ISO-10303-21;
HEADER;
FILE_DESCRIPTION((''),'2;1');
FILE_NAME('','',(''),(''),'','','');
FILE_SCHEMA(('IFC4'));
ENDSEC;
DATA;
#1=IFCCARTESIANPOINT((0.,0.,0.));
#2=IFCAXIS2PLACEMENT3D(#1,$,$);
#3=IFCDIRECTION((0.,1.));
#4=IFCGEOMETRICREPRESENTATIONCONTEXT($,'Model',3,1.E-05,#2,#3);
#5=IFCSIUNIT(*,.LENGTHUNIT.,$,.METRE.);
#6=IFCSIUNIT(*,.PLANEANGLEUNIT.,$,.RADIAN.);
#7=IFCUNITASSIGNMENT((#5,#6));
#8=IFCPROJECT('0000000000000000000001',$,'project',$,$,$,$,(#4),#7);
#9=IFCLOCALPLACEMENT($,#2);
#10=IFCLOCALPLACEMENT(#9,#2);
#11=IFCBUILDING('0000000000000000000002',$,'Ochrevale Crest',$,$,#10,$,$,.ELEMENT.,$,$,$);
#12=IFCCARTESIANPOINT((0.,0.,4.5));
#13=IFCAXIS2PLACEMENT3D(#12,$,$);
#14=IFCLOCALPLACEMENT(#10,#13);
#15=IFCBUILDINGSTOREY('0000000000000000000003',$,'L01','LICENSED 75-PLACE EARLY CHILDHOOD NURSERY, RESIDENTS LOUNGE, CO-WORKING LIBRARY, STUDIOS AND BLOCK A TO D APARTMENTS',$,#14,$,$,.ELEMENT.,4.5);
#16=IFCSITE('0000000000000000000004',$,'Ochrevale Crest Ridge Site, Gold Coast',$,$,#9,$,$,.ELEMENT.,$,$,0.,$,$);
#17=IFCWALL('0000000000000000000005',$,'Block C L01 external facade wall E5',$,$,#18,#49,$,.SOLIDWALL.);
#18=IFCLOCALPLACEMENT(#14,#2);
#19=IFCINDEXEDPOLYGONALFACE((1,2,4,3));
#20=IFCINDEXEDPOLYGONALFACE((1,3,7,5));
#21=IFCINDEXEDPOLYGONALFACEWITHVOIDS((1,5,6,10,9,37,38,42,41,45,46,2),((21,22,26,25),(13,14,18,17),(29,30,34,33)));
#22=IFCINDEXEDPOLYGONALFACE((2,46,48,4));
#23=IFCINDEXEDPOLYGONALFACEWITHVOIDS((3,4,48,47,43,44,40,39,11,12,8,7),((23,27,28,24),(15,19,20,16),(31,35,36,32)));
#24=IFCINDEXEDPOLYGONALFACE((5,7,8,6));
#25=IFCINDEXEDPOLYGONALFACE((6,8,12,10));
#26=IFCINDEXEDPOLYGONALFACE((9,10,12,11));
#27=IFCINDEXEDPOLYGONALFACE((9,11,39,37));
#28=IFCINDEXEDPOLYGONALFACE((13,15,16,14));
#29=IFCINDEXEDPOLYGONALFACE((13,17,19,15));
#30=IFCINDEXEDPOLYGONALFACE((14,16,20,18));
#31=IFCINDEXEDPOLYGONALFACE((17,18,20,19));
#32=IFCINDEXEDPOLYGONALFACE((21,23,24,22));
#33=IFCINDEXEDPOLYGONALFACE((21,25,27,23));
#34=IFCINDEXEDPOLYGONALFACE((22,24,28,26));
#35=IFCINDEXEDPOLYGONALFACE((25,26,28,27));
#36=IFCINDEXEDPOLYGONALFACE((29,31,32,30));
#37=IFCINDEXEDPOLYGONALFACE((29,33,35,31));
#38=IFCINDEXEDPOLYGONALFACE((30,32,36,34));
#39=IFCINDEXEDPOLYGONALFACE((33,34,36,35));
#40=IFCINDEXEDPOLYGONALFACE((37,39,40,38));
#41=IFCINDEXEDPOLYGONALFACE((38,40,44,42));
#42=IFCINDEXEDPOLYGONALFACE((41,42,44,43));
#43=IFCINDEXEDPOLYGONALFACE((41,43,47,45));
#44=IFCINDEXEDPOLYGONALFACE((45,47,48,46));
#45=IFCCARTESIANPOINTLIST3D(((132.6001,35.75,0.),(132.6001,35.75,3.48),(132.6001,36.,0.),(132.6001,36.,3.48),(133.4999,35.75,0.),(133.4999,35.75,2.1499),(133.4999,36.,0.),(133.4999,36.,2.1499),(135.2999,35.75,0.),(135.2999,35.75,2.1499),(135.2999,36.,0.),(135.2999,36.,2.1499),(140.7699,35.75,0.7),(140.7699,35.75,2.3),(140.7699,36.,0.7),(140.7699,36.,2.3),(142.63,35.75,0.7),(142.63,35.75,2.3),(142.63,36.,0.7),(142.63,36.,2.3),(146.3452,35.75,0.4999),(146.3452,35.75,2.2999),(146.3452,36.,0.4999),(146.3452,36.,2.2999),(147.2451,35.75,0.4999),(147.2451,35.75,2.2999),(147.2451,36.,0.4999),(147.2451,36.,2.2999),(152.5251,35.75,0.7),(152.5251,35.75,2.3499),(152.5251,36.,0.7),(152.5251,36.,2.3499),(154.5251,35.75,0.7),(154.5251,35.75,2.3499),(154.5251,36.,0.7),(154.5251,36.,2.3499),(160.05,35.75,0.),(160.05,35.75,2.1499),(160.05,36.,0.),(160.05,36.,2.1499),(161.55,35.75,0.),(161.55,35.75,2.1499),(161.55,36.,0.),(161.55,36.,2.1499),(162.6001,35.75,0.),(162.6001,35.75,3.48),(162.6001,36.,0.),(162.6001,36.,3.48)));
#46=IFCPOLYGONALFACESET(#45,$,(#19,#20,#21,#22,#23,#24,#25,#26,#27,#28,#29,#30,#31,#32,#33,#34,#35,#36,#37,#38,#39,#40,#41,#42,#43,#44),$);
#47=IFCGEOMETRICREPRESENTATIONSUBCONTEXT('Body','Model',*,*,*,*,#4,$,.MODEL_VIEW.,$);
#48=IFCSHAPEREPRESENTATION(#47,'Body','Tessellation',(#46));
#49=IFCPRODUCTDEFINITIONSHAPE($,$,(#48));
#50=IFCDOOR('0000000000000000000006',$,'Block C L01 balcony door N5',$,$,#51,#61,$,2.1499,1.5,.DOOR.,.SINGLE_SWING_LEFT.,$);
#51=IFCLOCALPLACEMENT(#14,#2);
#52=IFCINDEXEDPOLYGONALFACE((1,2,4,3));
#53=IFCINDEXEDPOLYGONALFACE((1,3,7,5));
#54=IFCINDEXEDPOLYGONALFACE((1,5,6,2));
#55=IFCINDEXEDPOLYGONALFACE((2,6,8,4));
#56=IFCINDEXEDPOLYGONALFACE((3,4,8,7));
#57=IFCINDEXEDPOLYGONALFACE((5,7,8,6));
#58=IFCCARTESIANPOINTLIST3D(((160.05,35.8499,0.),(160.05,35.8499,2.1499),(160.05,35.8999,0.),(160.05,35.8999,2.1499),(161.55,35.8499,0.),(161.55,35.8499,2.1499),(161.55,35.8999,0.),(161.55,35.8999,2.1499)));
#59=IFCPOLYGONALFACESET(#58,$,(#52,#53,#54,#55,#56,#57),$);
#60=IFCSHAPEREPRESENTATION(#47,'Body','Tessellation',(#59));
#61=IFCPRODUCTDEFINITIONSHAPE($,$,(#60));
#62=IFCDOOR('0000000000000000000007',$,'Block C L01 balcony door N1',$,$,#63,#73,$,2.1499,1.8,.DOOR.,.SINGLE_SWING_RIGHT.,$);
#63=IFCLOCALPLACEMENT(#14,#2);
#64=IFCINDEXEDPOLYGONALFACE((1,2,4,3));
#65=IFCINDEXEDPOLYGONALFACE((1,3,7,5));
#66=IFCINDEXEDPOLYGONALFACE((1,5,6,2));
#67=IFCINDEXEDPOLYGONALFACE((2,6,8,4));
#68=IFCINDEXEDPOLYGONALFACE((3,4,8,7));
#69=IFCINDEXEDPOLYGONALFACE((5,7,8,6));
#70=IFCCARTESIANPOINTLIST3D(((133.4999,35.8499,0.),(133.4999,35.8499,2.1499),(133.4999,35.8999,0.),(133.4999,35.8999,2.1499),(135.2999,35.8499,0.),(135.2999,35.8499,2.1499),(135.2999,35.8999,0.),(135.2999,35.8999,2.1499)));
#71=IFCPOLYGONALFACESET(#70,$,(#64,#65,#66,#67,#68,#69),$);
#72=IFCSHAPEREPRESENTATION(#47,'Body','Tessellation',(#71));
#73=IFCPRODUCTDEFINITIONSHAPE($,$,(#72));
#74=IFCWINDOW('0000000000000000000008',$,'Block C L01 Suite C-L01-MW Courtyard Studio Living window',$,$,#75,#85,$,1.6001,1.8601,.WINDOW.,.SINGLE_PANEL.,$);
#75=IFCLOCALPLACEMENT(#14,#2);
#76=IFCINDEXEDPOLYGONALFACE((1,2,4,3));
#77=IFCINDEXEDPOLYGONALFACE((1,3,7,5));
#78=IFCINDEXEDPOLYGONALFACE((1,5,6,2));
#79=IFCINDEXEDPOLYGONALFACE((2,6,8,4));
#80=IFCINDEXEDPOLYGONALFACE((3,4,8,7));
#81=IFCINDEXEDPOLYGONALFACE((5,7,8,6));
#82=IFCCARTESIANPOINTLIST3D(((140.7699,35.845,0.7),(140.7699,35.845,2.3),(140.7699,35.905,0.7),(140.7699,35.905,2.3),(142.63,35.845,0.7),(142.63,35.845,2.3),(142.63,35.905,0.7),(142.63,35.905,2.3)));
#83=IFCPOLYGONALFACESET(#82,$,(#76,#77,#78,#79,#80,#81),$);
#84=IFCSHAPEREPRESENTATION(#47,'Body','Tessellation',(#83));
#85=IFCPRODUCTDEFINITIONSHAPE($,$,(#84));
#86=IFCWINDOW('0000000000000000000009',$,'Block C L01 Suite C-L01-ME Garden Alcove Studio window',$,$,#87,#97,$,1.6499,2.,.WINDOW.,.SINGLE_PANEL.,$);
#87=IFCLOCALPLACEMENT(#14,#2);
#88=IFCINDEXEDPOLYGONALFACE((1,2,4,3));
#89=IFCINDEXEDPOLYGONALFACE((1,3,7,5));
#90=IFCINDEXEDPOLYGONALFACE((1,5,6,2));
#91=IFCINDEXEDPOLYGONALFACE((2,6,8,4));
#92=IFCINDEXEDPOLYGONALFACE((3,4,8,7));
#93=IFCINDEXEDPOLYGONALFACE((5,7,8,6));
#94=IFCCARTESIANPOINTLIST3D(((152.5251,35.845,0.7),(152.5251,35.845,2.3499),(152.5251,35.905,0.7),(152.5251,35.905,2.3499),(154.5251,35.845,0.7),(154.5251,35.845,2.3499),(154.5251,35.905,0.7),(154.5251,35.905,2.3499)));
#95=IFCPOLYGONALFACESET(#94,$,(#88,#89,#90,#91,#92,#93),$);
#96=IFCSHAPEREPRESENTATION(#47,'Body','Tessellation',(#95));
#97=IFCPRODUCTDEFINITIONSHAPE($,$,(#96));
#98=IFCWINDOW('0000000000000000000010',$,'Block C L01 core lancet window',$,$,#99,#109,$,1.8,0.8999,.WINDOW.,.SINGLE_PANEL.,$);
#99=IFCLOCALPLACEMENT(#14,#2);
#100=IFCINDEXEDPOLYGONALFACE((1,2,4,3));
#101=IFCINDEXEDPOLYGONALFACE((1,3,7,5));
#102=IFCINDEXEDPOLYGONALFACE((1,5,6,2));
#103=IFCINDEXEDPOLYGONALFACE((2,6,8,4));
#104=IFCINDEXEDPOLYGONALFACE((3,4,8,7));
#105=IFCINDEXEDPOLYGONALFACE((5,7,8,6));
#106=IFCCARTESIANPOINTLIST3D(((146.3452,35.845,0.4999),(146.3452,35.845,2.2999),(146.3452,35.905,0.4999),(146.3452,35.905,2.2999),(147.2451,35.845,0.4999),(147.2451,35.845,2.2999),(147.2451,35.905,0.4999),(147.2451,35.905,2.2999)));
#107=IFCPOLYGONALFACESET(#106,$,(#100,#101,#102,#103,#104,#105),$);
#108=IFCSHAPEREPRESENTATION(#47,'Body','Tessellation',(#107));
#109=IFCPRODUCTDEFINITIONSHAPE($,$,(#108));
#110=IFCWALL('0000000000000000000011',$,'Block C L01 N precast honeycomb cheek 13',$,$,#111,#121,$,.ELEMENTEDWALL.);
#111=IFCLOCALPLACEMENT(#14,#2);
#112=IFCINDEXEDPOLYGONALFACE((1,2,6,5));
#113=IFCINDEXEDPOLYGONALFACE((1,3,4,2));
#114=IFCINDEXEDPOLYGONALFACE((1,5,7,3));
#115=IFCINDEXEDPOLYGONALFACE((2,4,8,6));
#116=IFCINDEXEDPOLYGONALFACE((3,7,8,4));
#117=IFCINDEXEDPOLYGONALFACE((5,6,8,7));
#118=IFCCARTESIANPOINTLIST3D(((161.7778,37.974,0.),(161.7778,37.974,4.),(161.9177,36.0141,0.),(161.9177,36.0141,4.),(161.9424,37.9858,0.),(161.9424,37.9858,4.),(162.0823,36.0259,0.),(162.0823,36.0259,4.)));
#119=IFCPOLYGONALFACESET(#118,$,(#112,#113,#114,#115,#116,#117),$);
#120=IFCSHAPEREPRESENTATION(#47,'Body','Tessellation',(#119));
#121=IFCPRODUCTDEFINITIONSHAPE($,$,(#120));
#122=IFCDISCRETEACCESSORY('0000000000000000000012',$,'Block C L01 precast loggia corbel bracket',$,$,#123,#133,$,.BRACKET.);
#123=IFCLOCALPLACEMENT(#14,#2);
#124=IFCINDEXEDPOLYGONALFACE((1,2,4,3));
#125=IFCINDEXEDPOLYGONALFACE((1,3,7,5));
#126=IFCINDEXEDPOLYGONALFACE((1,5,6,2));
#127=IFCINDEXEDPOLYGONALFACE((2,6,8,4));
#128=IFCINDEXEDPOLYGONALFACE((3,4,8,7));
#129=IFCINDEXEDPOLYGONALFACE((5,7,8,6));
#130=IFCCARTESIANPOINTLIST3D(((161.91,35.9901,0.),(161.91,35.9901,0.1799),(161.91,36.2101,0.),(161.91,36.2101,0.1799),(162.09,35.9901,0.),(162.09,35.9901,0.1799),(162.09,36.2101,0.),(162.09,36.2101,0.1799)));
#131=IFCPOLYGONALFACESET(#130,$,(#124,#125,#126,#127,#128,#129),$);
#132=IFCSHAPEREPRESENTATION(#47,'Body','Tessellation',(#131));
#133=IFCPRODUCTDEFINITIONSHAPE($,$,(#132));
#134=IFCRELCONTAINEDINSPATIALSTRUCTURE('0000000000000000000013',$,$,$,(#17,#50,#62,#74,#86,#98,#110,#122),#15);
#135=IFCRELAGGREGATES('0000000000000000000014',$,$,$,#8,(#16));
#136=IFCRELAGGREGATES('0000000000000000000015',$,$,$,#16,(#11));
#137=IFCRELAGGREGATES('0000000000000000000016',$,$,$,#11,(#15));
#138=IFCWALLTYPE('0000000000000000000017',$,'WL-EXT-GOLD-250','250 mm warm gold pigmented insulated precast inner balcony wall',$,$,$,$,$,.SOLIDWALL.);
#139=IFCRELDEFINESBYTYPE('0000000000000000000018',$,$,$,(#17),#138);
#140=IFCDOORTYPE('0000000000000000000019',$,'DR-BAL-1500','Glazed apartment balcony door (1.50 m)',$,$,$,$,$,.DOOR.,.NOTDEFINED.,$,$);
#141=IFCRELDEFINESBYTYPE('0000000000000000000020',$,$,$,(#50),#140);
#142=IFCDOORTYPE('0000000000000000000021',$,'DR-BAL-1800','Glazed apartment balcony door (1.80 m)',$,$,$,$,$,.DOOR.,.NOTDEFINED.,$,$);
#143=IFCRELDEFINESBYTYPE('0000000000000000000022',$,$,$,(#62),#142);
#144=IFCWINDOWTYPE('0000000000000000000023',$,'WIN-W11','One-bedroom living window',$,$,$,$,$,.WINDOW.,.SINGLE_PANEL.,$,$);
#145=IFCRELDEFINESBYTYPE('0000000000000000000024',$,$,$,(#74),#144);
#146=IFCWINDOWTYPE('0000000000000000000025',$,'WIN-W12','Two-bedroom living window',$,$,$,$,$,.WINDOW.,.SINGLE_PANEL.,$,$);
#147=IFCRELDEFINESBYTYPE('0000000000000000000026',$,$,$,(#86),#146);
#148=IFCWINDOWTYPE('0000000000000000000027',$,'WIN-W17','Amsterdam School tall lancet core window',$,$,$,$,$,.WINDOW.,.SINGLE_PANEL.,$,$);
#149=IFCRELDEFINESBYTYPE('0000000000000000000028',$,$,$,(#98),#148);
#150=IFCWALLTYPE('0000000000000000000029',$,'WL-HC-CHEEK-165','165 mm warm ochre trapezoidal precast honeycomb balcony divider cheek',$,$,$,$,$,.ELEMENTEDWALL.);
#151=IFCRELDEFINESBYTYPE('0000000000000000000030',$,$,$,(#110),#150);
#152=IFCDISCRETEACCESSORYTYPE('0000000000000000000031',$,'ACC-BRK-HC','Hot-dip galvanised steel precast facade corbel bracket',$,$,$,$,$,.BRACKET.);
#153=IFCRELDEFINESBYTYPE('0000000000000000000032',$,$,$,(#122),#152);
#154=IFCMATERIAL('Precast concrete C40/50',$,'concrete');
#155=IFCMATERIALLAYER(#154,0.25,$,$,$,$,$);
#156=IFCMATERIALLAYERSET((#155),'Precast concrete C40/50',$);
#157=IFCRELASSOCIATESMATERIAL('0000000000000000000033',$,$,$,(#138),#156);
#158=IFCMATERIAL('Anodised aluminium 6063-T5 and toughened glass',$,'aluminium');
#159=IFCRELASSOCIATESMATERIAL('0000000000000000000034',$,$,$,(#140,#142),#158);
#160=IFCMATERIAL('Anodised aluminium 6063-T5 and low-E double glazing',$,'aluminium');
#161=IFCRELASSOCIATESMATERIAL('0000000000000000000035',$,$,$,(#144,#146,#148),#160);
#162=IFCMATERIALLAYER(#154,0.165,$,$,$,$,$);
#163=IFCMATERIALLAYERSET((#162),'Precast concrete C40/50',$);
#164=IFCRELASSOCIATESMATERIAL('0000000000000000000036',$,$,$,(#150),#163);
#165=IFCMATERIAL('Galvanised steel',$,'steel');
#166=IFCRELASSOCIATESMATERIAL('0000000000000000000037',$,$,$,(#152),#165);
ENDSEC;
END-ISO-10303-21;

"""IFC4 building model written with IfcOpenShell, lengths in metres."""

from ifc_helpers import new_model, si_unit, direction, frame, frame_2d, origin, origin_2d, place, context, subcontext, project, spatial, rectangle, extrude, material, layer, layer_set, type_object, element, fill, save


model = new_model("IFC4")

# Units and contexts
model_context = context("Model", 3, precision=1e-05, world=origin(), true_north=direction((0.0, 1.0)))
body_context = subcontext(model_context, "Body", "Model", "MODEL_VIEW")
ifc_project = project(units=[si_unit("LENGTHUNIT", "METRE"), si_unit("PLANEANGLEUNIT", "RADIAN")], contexts=[model_context])

# Site, building, storey
site_placement = place(None, origin())
site = spatial("IfcSite", under=ifc_project, at=site_placement, Name="Ochrevale Crest Ridge Site, Gold Coast", CompositionType="ELEMENT", RefElevation=0.0)
building_placement = place(site_placement, origin())
building = spatial("IfcBuilding", under=site, at=building_placement, Name="Ochrevale Crest", CompositionType="ELEMENT")
storey_placement = place(building_placement, frame((0.0, 0.0, 4.5)))
storey = spatial("IfcBuildingStorey", under=building, at=storey_placement, Name="L01", Description="LICENSED 75-PLACE EARLY CHILDHOOD NURSERY, RESIDENTS LOUNGE, CO-WORKING LIBRARY, STUDIOS AND BLOCK A TO D APARTMENTS", CompositionType="ELEMENT", Elevation=4.5)

# Wall, openings, doors, windows
ifc_material_1 = material(Name="Precast concrete C40/50", Category="concrete")
ifc_layer_1 = layer(ifc_material_1, 0.25)
ifc_layer_set_1 = layer_set([ifc_layer_1], Name="Precast concrete C40/50")
wall_type_1 = type_object("IfcWallType", Name="WL-EXT-GOLD-250", Description="250 mm warm gold pigmented insulated precast inner balcony wall", PredefinedType="SOLIDWALL", material=ifc_layer_set_1)
wall_1_placement = place(storey_placement, frame((162.6001, 35.875, 0.0), z_axis=(0.0, 0.0, 1.0), x_axis=(-1.0, 0.0, 0.0)))
wall_1 = element("IfcWall", 1, at=wall_1_placement, inside=storey, type_object=wall_type_1, Name="Block C L01 external facade wall E5", PredefinedType="SOLIDWALL", context=body_context, shape_type="SweptSolid", body=[
    extrude(rectangle(XDim=30.0, YDim=0.25, at=frame_2d((15.0, 0.0))), origin(), (0.0, 0.0, 1.0), 3.48),
])
opening_1_placement = place(wall_1_placement, frame((29.1001, 0.0, 0.0), z_axis=(0.0, 0.0, 1.0), x_axis=(-1.0, 0.0, 0.0)))
opening_1 = element("IfcOpeningElement", 2, at=opening_1_placement, cuts=wall_1, PredefinedType="OPENING", context=body_context, shape_type="SweptSolid", body=[
    extrude(rectangle(XDim=1.8, YDim=2.1499, at=frame_2d((0.8999, 1.075))), frame((0.0, 0.135, 0.0), z_axis=(0.0, -1.0, 0.0), x_axis=(1.0, 0.0, 0.0)), (0.0, 0.0, 1.0), 0.27),
])
opening_2_placement = place(wall_1_placement, frame((2.55, 0.0, 0.0), z_axis=(0.0, 0.0, 1.0), x_axis=(-1.0, 0.0, 0.0)))
opening_2 = element("IfcOpeningElement", 3, at=opening_2_placement, cuts=wall_1, PredefinedType="OPENING", context=body_context, shape_type="SweptSolid", body=[
    extrude(rectangle(XDim=1.5, YDim=2.1499, at=frame_2d((0.75, 1.075))), frame((0.0, 0.135, 0.0), z_axis=(0.0, -1.0, 0.0), x_axis=(1.0, 0.0, 0.0)), (0.0, 0.0, 1.0), 0.27),
])
opening_3_placement = place(wall_1_placement, frame((15.355, 0.0, 0.5)))
opening_3 = element("IfcOpeningElement", 4, at=opening_3_placement, cuts=wall_1, PredefinedType="OPENING", context=body_context, shape_type="SweptSolid", body=[
    extrude(rectangle(XDim=0.8999, YDim=1.8, at=frame_2d((0.45, 0.8999))), frame((0.0, 0.135, 0.0), z_axis=(0.0, -1.0, 0.0), x_axis=(1.0, 0.0, 0.0)), (0.0, 0.0, 1.0), 0.27),
])
opening_4_placement = place(wall_1_placement, frame((8.075, 0.0, 0.7)))
opening_4 = element("IfcOpeningElement", 5, at=opening_4_placement, cuts=wall_1, PredefinedType="OPENING", context=body_context, shape_type="SweptSolid", body=[
    extrude(rectangle(XDim=2.0, YDim=1.6499, at=frame_2d((1.0, 0.825))), frame((0.0, 0.135, 0.0), z_axis=(0.0, -1.0, 0.0), x_axis=(1.0, 0.0, 0.0)), (0.0, 0.0, 1.0), 0.27),
])
opening_5_placement = place(wall_1_placement, frame((19.97, 0.0, 0.7)))
opening_5 = element("IfcOpeningElement", 6, at=opening_5_placement, cuts=wall_1, PredefinedType="OPENING", context=body_context, shape_type="SweptSolid", body=[
    extrude(rectangle(XDim=1.8601, YDim=1.6001, at=frame_2d((0.9302, 0.8))), frame((0.0, 0.135, 0.0), z_axis=(0.0, -1.0, 0.0), x_axis=(1.0, 0.0, 0.0)), (0.0, 0.0, 1.0), 0.27),
])
ifc_material_2 = material(Name="Anodised aluminium 6063-T5 and toughened glass", Category="aluminium")
door_type_1 = type_object("IfcDoorType", Name="DR-BAL-1500", Description="Glazed apartment balcony door (1.50 m)", OperationType="NOTDEFINED", PredefinedType="DOOR", material=ifc_material_2)
door_1_placement = place(opening_2_placement, origin())
door_1 = element("IfcDoor", 7, at=door_1_placement, inside=storey, type_object=door_type_1, Name="Block C L01 balcony door N5", OperationType="SINGLE_SWING_LEFT", OverallHeight=2.1499, OverallWidth=1.5, PredefinedType="DOOR", context=body_context, shape_type="SweptSolid", body=[
    extrude(rectangle(XDim=1.5, YDim=2.1499, at=frame_2d((0.75, 1.075))), frame((0.0, 0.0249, 0.0), z_axis=(0.0, -1.0, 0.0), x_axis=(1.0, 0.0, 0.0)), (0.0, 0.0, 1.0), 0.05),
])
fill(opening_2, door_1)
door_type_2 = type_object("IfcDoorType", Name="DR-BAL-1800", Description="Glazed apartment balcony door (1.80 m)", OperationType="NOTDEFINED", PredefinedType="DOOR", material=ifc_material_2)
door_2_placement = place(opening_1_placement, origin())
door_2 = element("IfcDoor", 8, at=door_2_placement, inside=storey, type_object=door_type_2, Name="Block C L01 balcony door N1", OperationType="SINGLE_SWING_RIGHT", OverallHeight=2.1499, OverallWidth=1.8, PredefinedType="DOOR", context=body_context, shape_type="SweptSolid", body=[
    extrude(rectangle(XDim=1.8, YDim=2.1499, at=frame_2d((0.8999, 1.075))), frame((0.0, 0.0249, 0.0), z_axis=(0.0, -1.0, 0.0), x_axis=(1.0, 0.0, 0.0)), (0.0, 0.0, 1.0), 0.05),
])
fill(opening_1, door_2)
ifc_material_3 = material(Name="Anodised aluminium 6063-T5 and low-E double glazing", Category="aluminium")
window_type_1 = type_object("IfcWindowType", Name="WIN-W11", Description="One-bedroom living window", PartitioningType="SINGLE_PANEL", PredefinedType="WINDOW", material=ifc_material_3)
window_1_placement = place(opening_5_placement, origin())
window_1 = element("IfcWindow", 9, at=window_1_placement, inside=storey, type_object=window_type_1, Name="Block C L01 Suite C-L01-MW Courtyard Studio Living window", OverallHeight=1.6001, OverallWidth=1.8601, PartitioningType="SINGLE_PANEL", PredefinedType="WINDOW", context=body_context, shape_type="SweptSolid", body=[
    extrude(rectangle(XDim=1.8601, YDim=1.6001, at=frame_2d((0.9302, 0.8))), frame((0.0, 0.03, 0.0), z_axis=(0.0, -1.0, 0.0), x_axis=(1.0, 0.0, 0.0)), (0.0, 0.0, 1.0), 0.0601),
])
fill(opening_5, window_1)
window_type_2 = type_object("IfcWindowType", Name="WIN-W12", Description="Two-bedroom living window", PartitioningType="SINGLE_PANEL", PredefinedType="WINDOW", material=ifc_material_3)
window_2_placement = place(opening_4_placement, origin())
window_2 = element("IfcWindow", 10, at=window_2_placement, inside=storey, type_object=window_type_2, Name="Block C L01 Suite C-L01-ME Garden Alcove Studio window", OverallHeight=1.6499, OverallWidth=2.0, PartitioningType="SINGLE_PANEL", PredefinedType="WINDOW", context=body_context, shape_type="SweptSolid", body=[
    extrude(rectangle(XDim=2.0, YDim=1.6499, at=frame_2d((1.0, 0.825))), frame((0.0, 0.03, 0.0), z_axis=(0.0, -1.0, 0.0), x_axis=(1.0, 0.0, 0.0)), (0.0, 0.0, 1.0), 0.0601),
])
fill(opening_4, window_2)
window_type_3 = type_object("IfcWindowType", Name="WIN-W17", Description="Amsterdam School tall lancet core window", PartitioningType="SINGLE_PANEL", PredefinedType="WINDOW", material=ifc_material_3)
window_3_placement = place(opening_3_placement, origin())
window_3 = element("IfcWindow", 11, at=window_3_placement, inside=storey, type_object=window_type_3, Name="Block C L01 core lancet window", OverallHeight=1.8, OverallWidth=0.8999, PartitioningType="SINGLE_PANEL", PredefinedType="WINDOW", context=body_context, shape_type="SweptSolid", body=[
    extrude(rectangle(XDim=0.8999, YDim=1.8, at=frame_2d((0.45, 0.8999))), frame((0.0, 0.03, 0.0), z_axis=(0.0, -1.0, 0.0), x_axis=(1.0, 0.0, 0.0)), (0.0, 0.0, 1.0), 0.0601),
])
fill(opening_3, window_3)

# Wall
ifc_layer_2 = layer(ifc_material_1, 0.165)
ifc_layer_set_2 = layer_set([ifc_layer_2], Name="Precast concrete C40/50")
wall_type_2 = type_object("IfcWallType", Name="WL-HC-CHEEK-165", Description="165 mm warm ochre trapezoidal precast honeycomb balcony divider cheek", PredefinedType="ELEMENTEDWALL", material=ifc_layer_set_2)
wall_2_placement = place(storey_placement, frame((162.0, 36.02, 0.0), z_axis=(0.0, 0.0, 1.0), x_axis=(-0.071194, 0.997462, 0.0)))
element("IfcWall", 12, at=wall_2_placement, inside=storey, type_object=wall_type_2, Name="Block C L01 N precast honeycomb cheek 13", PredefinedType="ELEMENTEDWALL", context=body_context, shape_type="SweptSolid", body=[
    extrude(rectangle(XDim=1.9648, YDim=0.165, at=frame_2d((0.9824, 0.0))), origin(), (0.0, 0.0, 1.0), 4.0),
])

# Discrete accessory
ifc_material_4 = material(Name="Galvanised steel", Category="steel")
discrete_accessory_type = type_object("IfcDiscreteAccessoryType", Name="ACC-BRK-HC", Description="Hot-dip galvanised steel precast facade corbel bracket", PredefinedType="BRACKET", material=ifc_material_4)
discrete_accessory_placement = place(storey_placement, frame((162.0, 36.1001, 0.0), z_axis=(0.0, 0.0, 1.0), x_axis=(1.0, 0.0, 0.0)))
element("IfcDiscreteAccessory", 13, at=discrete_accessory_placement, inside=storey, type_object=discrete_accessory_type, Name="Block C L01 precast loggia corbel bracket", PredefinedType="BRACKET", context=body_context, shape_type="SweptSolid", body=[
    extrude(rectangle(XDim=0.1799, YDim=0.22, at=origin_2d()), origin(), (0.0, 0.0, 1.0), 0.1799),
])

save(model, "model.ifc")
